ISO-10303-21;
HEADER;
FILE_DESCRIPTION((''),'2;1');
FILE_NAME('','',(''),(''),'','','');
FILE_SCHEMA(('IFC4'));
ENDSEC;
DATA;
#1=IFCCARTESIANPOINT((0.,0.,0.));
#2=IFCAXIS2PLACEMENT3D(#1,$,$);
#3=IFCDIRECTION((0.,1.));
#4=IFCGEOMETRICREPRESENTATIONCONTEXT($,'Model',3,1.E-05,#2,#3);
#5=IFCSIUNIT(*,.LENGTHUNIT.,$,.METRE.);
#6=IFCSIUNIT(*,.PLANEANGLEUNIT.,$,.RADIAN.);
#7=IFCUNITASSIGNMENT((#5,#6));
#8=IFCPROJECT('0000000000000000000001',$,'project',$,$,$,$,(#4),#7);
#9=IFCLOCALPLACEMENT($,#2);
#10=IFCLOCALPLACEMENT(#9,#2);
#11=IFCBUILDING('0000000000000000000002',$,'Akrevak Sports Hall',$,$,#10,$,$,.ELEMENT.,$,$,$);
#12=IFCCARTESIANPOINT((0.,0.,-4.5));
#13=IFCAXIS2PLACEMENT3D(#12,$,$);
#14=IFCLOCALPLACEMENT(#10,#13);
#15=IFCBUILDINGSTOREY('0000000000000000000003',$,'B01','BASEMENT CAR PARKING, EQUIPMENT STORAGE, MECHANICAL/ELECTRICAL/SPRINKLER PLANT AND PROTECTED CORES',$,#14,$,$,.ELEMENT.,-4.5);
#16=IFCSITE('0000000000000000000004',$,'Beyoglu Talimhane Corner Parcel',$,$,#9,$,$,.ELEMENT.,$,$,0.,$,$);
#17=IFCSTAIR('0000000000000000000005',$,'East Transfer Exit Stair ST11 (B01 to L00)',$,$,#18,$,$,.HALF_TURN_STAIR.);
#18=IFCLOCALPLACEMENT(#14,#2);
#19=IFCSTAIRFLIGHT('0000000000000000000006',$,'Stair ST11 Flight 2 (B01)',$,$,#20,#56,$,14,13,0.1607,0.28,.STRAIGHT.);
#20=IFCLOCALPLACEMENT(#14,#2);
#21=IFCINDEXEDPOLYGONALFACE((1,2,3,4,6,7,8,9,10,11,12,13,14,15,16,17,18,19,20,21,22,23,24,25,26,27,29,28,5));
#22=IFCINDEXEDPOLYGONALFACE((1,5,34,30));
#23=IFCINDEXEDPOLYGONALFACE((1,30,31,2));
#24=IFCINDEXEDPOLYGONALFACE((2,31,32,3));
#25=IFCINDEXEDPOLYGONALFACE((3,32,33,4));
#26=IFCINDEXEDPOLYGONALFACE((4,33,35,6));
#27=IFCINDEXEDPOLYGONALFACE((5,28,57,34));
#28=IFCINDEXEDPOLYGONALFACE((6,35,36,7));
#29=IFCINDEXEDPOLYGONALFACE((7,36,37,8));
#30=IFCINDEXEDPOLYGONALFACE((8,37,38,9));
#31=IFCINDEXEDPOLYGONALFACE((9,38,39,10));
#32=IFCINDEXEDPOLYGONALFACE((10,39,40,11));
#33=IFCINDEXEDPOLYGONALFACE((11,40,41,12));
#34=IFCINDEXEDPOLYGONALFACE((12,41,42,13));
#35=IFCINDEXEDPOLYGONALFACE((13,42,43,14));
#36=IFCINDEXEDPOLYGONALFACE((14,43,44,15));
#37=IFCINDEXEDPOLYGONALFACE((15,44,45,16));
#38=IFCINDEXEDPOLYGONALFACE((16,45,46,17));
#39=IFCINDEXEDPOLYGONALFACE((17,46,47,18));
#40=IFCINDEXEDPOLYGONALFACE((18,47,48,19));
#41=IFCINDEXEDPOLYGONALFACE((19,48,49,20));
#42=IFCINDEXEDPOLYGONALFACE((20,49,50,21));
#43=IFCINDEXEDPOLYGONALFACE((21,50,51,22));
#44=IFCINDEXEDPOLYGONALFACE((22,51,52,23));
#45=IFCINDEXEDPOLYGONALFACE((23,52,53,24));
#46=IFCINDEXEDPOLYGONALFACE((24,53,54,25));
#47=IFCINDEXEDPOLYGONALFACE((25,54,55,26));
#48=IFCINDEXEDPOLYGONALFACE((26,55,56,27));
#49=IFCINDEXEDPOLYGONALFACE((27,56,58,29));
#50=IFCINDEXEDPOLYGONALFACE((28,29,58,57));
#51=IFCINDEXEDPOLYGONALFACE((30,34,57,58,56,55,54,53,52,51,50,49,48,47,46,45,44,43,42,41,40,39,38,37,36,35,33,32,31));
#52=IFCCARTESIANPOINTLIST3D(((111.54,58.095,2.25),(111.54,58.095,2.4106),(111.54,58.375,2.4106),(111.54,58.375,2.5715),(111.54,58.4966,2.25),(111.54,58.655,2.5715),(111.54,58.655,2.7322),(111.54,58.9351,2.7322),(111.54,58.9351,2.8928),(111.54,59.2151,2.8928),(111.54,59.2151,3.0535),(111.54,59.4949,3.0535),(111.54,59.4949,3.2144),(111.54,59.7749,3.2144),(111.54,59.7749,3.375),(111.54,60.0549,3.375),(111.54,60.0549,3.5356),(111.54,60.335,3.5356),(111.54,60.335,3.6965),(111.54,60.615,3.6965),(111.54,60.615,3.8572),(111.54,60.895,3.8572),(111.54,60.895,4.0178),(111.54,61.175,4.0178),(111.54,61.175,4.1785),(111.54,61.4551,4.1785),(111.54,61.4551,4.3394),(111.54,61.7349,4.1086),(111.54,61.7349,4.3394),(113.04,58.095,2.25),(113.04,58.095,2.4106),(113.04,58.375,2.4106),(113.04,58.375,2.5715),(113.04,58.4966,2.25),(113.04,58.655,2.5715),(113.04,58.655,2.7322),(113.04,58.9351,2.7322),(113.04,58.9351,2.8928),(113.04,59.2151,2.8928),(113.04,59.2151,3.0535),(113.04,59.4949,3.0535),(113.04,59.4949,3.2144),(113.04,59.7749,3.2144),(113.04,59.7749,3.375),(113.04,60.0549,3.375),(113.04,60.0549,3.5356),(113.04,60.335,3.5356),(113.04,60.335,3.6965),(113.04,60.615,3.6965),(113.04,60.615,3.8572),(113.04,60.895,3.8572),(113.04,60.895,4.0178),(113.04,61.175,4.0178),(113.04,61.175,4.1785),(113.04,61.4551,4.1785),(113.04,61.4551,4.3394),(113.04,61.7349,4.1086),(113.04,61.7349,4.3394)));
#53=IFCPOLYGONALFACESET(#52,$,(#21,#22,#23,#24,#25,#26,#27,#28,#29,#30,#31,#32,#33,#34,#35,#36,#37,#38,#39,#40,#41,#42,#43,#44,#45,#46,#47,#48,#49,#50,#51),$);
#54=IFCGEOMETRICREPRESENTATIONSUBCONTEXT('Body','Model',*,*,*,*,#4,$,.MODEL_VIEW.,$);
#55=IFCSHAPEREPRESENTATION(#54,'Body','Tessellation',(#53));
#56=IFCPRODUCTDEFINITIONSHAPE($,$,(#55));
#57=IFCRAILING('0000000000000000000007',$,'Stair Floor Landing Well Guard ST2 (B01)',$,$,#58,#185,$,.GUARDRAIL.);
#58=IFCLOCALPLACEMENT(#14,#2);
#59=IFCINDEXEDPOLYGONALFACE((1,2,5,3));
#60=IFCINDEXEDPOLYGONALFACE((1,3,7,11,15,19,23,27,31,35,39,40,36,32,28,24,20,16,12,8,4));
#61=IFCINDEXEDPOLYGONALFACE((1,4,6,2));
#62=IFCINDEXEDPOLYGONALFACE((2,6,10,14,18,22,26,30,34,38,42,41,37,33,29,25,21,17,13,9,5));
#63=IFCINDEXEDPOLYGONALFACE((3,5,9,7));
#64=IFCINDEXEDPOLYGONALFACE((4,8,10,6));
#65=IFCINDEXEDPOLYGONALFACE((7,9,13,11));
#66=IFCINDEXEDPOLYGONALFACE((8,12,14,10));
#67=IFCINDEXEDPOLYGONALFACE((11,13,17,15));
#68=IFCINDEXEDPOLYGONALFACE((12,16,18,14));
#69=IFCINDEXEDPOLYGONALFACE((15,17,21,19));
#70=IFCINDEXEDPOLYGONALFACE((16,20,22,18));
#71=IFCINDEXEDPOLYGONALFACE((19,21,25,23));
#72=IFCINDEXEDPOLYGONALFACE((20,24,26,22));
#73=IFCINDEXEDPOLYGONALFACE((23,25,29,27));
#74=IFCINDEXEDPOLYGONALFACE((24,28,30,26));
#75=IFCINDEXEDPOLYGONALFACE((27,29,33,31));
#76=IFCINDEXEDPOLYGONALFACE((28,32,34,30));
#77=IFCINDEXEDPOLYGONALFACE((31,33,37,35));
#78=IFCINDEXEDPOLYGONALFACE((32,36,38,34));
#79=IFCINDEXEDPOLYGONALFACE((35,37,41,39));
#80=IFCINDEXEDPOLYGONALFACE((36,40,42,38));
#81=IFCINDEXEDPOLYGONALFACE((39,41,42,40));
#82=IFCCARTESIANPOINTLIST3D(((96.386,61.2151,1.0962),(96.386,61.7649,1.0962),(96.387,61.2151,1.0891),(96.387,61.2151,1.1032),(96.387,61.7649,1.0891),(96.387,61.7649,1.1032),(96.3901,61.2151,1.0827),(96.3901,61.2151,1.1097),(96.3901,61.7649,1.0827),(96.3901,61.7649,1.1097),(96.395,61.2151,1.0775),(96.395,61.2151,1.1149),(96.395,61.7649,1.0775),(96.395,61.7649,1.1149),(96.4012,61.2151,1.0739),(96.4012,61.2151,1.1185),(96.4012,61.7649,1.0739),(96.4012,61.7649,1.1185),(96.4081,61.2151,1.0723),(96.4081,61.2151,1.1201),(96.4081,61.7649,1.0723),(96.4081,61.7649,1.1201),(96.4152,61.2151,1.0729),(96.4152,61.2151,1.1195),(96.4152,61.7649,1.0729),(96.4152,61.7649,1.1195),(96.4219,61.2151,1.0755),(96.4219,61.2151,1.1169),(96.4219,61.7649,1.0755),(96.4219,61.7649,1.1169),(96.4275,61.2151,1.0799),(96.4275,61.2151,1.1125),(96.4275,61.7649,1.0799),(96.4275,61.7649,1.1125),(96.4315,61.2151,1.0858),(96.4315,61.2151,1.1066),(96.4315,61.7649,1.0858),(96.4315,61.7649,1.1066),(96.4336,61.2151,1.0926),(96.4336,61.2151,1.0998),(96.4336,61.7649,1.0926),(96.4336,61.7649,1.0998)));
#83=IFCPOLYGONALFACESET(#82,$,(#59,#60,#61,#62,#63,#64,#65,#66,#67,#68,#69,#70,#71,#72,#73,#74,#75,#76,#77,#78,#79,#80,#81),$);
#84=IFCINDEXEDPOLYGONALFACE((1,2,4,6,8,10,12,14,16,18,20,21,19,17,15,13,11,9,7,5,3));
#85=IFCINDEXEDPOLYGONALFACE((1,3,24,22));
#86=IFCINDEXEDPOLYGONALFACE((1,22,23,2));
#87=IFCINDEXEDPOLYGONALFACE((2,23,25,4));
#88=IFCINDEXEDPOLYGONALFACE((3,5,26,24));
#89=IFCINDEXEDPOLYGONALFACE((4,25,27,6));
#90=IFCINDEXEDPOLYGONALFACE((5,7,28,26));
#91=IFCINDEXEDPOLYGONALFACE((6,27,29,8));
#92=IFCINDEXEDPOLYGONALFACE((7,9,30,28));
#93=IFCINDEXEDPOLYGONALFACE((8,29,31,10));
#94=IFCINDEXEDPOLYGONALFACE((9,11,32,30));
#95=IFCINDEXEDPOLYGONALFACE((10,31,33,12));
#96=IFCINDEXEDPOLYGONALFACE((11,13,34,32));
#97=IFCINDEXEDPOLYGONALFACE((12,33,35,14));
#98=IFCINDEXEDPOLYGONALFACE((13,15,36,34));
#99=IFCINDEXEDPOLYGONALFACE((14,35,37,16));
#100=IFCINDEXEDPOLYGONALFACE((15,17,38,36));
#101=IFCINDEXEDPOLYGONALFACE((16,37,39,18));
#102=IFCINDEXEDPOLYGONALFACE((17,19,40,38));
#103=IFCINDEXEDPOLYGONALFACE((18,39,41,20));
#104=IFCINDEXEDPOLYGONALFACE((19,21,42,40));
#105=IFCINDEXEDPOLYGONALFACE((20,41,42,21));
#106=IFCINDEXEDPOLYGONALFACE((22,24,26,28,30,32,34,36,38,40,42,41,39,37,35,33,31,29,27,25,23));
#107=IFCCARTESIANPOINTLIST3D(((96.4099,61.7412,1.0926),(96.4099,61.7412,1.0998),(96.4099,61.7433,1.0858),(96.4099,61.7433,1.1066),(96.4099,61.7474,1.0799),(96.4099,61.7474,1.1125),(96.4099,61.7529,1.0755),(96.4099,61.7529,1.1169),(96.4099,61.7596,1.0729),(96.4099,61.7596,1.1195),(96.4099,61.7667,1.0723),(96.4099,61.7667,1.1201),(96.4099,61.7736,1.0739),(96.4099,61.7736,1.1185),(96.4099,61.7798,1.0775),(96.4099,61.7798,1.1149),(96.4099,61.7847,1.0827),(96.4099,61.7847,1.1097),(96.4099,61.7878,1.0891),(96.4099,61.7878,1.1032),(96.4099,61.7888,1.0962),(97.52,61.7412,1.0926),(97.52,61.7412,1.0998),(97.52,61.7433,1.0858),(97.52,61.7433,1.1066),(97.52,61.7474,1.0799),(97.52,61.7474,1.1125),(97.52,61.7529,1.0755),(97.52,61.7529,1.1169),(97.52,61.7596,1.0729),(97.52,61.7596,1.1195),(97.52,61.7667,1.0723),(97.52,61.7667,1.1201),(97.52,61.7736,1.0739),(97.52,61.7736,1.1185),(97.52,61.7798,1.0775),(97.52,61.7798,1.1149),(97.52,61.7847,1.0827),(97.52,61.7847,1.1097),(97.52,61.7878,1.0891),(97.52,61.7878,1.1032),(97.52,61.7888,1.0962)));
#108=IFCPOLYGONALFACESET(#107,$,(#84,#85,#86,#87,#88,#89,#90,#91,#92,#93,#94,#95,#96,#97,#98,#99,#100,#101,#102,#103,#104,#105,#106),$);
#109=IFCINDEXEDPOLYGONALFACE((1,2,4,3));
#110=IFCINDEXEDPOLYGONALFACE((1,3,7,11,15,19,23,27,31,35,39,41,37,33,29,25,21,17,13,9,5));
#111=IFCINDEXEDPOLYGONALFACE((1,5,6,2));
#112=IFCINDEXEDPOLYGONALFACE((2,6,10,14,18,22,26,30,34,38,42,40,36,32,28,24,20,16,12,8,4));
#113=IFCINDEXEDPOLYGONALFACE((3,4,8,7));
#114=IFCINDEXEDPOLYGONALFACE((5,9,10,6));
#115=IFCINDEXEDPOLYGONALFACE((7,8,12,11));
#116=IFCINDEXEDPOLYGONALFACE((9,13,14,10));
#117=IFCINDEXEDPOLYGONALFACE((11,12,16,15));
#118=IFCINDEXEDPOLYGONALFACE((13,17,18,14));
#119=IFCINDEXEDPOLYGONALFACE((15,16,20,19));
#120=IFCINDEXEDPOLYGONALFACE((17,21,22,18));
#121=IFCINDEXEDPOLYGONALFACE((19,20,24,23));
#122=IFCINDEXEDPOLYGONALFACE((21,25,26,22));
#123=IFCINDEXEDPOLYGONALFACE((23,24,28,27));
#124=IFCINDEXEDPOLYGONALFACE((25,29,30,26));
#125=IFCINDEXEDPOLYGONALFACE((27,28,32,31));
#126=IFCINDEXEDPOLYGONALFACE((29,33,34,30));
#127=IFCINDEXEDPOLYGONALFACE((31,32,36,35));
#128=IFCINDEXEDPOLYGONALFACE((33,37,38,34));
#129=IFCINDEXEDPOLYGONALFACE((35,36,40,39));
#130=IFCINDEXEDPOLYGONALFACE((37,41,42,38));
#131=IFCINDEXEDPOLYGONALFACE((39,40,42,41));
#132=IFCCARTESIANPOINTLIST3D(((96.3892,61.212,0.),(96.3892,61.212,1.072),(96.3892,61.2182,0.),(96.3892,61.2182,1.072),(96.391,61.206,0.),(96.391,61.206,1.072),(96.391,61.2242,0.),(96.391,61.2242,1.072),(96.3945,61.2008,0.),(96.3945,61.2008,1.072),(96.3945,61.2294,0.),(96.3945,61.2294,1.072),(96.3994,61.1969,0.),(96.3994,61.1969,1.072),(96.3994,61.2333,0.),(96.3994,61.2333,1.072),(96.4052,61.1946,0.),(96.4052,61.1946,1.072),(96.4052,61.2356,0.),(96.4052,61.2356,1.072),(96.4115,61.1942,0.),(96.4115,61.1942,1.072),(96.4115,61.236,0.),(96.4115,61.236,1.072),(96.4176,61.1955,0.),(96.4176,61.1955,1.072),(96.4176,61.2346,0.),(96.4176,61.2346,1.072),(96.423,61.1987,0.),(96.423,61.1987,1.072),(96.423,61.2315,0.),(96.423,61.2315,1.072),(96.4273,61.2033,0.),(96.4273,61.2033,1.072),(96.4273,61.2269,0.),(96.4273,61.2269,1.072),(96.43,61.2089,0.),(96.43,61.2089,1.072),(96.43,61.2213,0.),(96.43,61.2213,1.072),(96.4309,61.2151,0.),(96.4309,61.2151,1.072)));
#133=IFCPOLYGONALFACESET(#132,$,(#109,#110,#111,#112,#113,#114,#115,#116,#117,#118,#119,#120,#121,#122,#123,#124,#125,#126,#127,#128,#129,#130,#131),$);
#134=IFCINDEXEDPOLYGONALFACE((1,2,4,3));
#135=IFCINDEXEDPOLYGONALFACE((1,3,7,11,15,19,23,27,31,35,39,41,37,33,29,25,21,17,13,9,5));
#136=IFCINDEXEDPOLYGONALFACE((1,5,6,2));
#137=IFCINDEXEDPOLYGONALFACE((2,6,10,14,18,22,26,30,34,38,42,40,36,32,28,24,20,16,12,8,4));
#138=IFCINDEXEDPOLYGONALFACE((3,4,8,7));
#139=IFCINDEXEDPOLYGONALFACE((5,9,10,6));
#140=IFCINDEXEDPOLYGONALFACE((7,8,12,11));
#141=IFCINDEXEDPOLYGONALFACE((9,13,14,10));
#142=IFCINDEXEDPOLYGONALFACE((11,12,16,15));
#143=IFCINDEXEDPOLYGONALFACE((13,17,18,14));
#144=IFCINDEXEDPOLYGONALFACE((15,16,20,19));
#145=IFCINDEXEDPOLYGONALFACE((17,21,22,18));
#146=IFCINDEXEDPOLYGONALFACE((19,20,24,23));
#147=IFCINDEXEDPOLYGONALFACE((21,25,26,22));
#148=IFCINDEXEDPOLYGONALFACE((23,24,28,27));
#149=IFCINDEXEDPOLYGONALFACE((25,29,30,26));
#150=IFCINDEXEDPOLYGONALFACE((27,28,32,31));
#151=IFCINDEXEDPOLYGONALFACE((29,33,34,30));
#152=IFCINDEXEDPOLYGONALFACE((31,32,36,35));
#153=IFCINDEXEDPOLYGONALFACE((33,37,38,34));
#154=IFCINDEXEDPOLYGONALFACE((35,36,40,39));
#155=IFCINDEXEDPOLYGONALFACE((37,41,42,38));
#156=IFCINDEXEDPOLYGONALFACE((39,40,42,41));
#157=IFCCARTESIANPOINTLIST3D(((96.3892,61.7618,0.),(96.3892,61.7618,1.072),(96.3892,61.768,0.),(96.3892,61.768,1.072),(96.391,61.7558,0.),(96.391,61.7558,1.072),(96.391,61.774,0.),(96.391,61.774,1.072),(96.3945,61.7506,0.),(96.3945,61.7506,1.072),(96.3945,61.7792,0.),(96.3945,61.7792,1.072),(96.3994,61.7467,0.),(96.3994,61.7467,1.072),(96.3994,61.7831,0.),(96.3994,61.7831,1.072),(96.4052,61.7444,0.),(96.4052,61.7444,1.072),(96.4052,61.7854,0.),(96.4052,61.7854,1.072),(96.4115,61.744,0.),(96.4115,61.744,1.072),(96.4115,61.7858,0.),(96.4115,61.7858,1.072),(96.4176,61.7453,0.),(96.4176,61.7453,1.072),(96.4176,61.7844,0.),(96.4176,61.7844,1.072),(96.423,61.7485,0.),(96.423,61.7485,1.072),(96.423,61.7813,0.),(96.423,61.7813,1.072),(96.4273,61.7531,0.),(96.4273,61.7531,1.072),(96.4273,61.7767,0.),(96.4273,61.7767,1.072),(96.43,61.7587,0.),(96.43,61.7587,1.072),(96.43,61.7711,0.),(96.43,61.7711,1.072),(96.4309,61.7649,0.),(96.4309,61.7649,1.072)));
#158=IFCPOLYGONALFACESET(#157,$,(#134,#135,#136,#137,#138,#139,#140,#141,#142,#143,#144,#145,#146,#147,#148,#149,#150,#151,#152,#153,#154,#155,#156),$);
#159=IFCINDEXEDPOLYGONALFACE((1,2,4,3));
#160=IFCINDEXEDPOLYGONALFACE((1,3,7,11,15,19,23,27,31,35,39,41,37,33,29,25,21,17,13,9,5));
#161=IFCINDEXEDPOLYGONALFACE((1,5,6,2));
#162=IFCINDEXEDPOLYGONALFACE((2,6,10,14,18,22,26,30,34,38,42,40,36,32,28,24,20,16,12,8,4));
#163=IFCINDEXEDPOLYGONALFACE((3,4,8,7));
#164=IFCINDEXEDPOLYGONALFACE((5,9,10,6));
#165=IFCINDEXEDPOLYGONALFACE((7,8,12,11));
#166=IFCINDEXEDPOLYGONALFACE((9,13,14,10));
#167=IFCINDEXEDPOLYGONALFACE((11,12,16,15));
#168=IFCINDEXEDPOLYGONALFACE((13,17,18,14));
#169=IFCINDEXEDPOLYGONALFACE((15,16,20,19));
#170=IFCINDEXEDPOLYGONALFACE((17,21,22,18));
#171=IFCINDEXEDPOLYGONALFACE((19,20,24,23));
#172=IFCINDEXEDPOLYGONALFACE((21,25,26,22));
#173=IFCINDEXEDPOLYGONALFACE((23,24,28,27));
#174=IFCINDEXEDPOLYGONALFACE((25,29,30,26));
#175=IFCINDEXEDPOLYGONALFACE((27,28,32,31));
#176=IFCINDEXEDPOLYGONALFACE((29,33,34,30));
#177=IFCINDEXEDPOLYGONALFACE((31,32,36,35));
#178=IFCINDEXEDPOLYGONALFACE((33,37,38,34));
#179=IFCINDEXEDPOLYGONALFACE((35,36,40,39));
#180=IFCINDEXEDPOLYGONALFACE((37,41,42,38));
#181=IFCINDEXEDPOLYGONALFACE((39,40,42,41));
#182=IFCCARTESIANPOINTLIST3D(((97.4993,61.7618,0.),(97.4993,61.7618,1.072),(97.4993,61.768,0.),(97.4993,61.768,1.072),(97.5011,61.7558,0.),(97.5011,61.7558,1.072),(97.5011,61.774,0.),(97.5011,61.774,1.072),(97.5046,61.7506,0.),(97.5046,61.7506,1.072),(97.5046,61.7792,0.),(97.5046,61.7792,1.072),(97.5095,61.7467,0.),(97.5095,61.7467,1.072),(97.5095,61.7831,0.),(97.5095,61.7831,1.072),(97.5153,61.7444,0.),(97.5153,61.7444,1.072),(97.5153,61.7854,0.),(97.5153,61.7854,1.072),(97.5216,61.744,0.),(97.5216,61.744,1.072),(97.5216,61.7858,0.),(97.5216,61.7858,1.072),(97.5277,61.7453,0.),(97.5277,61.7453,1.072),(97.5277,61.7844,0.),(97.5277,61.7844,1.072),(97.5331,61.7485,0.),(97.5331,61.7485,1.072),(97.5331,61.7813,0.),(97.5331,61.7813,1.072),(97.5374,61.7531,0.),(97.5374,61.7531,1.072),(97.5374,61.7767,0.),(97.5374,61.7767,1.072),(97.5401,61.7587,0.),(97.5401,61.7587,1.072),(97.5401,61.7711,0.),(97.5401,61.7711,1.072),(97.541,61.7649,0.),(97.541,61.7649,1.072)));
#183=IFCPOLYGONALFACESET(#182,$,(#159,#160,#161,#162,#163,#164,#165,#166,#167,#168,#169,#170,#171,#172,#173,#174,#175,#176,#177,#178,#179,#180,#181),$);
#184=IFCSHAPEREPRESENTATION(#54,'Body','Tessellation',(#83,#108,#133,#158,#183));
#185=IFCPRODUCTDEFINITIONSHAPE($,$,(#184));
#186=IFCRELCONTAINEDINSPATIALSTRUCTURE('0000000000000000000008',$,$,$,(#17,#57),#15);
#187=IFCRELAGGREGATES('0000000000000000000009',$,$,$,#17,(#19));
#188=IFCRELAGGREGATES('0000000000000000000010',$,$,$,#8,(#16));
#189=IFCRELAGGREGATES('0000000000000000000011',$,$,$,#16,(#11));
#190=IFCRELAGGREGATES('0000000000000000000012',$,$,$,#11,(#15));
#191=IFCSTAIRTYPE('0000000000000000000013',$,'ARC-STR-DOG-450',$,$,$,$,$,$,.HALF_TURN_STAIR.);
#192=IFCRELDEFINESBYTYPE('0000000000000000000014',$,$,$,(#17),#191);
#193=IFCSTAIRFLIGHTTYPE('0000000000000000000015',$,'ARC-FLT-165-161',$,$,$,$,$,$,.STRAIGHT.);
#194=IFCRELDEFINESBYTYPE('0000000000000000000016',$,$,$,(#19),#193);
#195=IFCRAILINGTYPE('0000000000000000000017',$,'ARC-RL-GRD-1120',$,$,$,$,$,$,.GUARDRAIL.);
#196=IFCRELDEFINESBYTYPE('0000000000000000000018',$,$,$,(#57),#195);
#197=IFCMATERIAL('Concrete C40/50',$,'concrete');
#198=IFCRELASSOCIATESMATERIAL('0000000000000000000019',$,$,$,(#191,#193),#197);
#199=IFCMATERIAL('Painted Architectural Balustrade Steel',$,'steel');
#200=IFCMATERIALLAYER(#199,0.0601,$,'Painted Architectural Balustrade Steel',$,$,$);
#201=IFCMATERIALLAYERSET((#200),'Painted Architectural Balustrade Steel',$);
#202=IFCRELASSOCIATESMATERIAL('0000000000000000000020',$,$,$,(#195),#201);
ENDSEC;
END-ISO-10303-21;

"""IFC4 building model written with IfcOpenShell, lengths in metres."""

from ifc_helpers import new_model, si_unit, direction, frame, origin, origin_2d, place, context, subcontext, project, spatial, polyline, circle, outline, extrude, material, layer, layer_set, type_object, element, aggregate, save


model = new_model("IFC4")

# Units and contexts
model_context = context("Model", 3, precision=1e-05, world=origin(), true_north=direction((0.0, 1.0)))
body_context = subcontext(model_context, "Body", "Model", "MODEL_VIEW")
ifc_project = project(units=[si_unit("LENGTHUNIT", "METRE"), si_unit("PLANEANGLEUNIT", "RADIAN")], contexts=[model_context])

# Site, building, storey
site_placement = place(None, origin())
site = spatial("IfcSite", under=ifc_project, at=site_placement, Name="Beyoglu Talimhane Corner Parcel", CompositionType="ELEMENT", RefElevation=0.0)
building_placement = place(site_placement, origin())
building = spatial("IfcBuilding", under=site, at=building_placement, Name="Akrevak Sports Hall", CompositionType="ELEMENT")
storey_placement = place(building_placement, frame((0.0, 0.0, -4.5)))
storey = spatial("IfcBuildingStorey", under=building, at=storey_placement, Name="B01", Description="BASEMENT CAR PARKING, EQUIPMENT STORAGE, MECHANICAL/ELECTRICAL/SPRINKLER PLANT AND PROTECTED CORES", CompositionType="ELEMENT", Elevation=-4.5)

# Shared definitions
ifc_material_1 = material(Name="Concrete C40/50", Category="concrete")

# Shared definitions
stair_type = type_object("IfcStairType", Name="ARC-STR-DOG-450", PredefinedType="HALF_TURN_STAIR", material=ifc_material_1)
stair_flight_type = type_object("IfcStairFlightType", Name="ARC-FLT-165-161", PredefinedType="STRAIGHT", material=ifc_material_1)

# Stair, stair flight
stair_1_placement = place(storey_placement, origin())
stair_1 = element("IfcStair", 1, at=stair_1_placement, inside=storey, type_object=stair_type, Name="East Transfer Exit Stair ST11 (B01 to L00)", PredefinedType="HALF_TURN_STAIR")
stair_flight_1_placement = place(storey_placement, frame((112.29, 58.095, 2.25), z_axis=(0.0, 0.0, 1.0), x_axis=(0.0, 1.0, 0.0)))
stair_flight_1 = element("IfcStairFlight", 2, at=stair_flight_1_placement, type_object=stair_flight_type, Name="Stair ST11 Flight 2 (B01)", NumberOfRisers=14, NumberOfTreads=13, PredefinedType="STRAIGHT", RiserHeight=0.1607, TreadLength=0.28, context=body_context, shape_type="SweptSolid", body=[
    extrude(outline(polyline([(0.0, 0.0), (0.0, 0.1606), (0.28, 0.1606), (0.28, 0.3215), (0.5601, 0.3215), (0.5601, 0.4822), (0.8401, 0.4822), (0.8401, 0.6428), (1.1201, 0.6428), (1.1201, 0.8035), (1.3999, 0.8035), (1.3999, 0.9644), (1.6799, 0.9644), (1.6799, 1.125), (1.96, 1.125), (1.96, 1.2856), (2.24, 1.2856), (2.24, 1.4465), (2.52, 1.4465), (2.52, 1.6072), (2.8, 1.6072), (2.8, 1.7678), (3.0801, 1.7678), (3.0801, 1.9285), (3.3601, 1.9285), (3.3601, 2.0894), (3.6399, 2.0894), (3.6399, 2.25), (3.6399, 1.8586), (0.4016, 0.0), (0.0, 0.0)])), frame((0.0, 0.75, 0.0), z_axis=(0.0, -1.0, 0.0), x_axis=(1.0, 0.0, 0.0)), (0.0, 0.0, 1.0), 1.5),
])
aggregate(stair_1, [stair_flight_1])

# Railing
ifc_material_2 = material(Name="Painted Architectural Balustrade Steel", Category="steel")
ifc_layer_1 = layer(ifc_material_2, 0.0601, Name="Painted Architectural Balustrade Steel")
ifc_layer_set_1 = layer_set([ifc_layer_1], Name="Painted Architectural Balustrade Steel")
railing_type_1 = type_object("IfcRailingType", Name="ARC-RL-GRD-1120", PredefinedType="GUARDRAIL", material=ifc_layer_set_1)
for number, where, name in (
    (3, (96.4099, 61.2151, 0.0), "Stair Floor Landing Well Guard ST2 (B01)"),
):
    element("IfcRailing", number, at=place(storey_placement, frame(where)), inside=storey, type_object=railing_type_1, Name=name, PredefinedType="GUARDRAIL", context=body_context, shape_type="SweptSolid", body=[
        extrude(circle(Radius=0.0239, at=origin_2d()), frame((0.0, 0.0, 1.0962), z_axis=(0.0, 1.0, 0.0), x_axis=(-1.0, 0.0, 0.0)), (0.0, 0.0, 1.0), 0.5498),
        extrude(circle(Radius=0.0239, at=origin_2d()), frame((0.0, 0.5498, 1.0962), z_axis=(1.0, 0.0, 0.0), x_axis=(0.0, 1.0, 0.0)), (0.0, 0.0, 1.0), 1.1101),
        extrude(circle(Radius=0.021, at=origin_2d()), origin(), (0.0, 0.0, 1.0), 1.072),
        extrude(circle(Radius=0.021, at=origin_2d()), frame((0.0, 0.5498, 0.0)), (0.0, 0.0, 1.0), 1.072),
        extrude(circle(Radius=0.021, at=origin_2d()), frame((1.1101, 0.5498, 0.0)), (0.0, 0.0, 1.0), 1.072),
    ])

save(model, "model.ifc")
